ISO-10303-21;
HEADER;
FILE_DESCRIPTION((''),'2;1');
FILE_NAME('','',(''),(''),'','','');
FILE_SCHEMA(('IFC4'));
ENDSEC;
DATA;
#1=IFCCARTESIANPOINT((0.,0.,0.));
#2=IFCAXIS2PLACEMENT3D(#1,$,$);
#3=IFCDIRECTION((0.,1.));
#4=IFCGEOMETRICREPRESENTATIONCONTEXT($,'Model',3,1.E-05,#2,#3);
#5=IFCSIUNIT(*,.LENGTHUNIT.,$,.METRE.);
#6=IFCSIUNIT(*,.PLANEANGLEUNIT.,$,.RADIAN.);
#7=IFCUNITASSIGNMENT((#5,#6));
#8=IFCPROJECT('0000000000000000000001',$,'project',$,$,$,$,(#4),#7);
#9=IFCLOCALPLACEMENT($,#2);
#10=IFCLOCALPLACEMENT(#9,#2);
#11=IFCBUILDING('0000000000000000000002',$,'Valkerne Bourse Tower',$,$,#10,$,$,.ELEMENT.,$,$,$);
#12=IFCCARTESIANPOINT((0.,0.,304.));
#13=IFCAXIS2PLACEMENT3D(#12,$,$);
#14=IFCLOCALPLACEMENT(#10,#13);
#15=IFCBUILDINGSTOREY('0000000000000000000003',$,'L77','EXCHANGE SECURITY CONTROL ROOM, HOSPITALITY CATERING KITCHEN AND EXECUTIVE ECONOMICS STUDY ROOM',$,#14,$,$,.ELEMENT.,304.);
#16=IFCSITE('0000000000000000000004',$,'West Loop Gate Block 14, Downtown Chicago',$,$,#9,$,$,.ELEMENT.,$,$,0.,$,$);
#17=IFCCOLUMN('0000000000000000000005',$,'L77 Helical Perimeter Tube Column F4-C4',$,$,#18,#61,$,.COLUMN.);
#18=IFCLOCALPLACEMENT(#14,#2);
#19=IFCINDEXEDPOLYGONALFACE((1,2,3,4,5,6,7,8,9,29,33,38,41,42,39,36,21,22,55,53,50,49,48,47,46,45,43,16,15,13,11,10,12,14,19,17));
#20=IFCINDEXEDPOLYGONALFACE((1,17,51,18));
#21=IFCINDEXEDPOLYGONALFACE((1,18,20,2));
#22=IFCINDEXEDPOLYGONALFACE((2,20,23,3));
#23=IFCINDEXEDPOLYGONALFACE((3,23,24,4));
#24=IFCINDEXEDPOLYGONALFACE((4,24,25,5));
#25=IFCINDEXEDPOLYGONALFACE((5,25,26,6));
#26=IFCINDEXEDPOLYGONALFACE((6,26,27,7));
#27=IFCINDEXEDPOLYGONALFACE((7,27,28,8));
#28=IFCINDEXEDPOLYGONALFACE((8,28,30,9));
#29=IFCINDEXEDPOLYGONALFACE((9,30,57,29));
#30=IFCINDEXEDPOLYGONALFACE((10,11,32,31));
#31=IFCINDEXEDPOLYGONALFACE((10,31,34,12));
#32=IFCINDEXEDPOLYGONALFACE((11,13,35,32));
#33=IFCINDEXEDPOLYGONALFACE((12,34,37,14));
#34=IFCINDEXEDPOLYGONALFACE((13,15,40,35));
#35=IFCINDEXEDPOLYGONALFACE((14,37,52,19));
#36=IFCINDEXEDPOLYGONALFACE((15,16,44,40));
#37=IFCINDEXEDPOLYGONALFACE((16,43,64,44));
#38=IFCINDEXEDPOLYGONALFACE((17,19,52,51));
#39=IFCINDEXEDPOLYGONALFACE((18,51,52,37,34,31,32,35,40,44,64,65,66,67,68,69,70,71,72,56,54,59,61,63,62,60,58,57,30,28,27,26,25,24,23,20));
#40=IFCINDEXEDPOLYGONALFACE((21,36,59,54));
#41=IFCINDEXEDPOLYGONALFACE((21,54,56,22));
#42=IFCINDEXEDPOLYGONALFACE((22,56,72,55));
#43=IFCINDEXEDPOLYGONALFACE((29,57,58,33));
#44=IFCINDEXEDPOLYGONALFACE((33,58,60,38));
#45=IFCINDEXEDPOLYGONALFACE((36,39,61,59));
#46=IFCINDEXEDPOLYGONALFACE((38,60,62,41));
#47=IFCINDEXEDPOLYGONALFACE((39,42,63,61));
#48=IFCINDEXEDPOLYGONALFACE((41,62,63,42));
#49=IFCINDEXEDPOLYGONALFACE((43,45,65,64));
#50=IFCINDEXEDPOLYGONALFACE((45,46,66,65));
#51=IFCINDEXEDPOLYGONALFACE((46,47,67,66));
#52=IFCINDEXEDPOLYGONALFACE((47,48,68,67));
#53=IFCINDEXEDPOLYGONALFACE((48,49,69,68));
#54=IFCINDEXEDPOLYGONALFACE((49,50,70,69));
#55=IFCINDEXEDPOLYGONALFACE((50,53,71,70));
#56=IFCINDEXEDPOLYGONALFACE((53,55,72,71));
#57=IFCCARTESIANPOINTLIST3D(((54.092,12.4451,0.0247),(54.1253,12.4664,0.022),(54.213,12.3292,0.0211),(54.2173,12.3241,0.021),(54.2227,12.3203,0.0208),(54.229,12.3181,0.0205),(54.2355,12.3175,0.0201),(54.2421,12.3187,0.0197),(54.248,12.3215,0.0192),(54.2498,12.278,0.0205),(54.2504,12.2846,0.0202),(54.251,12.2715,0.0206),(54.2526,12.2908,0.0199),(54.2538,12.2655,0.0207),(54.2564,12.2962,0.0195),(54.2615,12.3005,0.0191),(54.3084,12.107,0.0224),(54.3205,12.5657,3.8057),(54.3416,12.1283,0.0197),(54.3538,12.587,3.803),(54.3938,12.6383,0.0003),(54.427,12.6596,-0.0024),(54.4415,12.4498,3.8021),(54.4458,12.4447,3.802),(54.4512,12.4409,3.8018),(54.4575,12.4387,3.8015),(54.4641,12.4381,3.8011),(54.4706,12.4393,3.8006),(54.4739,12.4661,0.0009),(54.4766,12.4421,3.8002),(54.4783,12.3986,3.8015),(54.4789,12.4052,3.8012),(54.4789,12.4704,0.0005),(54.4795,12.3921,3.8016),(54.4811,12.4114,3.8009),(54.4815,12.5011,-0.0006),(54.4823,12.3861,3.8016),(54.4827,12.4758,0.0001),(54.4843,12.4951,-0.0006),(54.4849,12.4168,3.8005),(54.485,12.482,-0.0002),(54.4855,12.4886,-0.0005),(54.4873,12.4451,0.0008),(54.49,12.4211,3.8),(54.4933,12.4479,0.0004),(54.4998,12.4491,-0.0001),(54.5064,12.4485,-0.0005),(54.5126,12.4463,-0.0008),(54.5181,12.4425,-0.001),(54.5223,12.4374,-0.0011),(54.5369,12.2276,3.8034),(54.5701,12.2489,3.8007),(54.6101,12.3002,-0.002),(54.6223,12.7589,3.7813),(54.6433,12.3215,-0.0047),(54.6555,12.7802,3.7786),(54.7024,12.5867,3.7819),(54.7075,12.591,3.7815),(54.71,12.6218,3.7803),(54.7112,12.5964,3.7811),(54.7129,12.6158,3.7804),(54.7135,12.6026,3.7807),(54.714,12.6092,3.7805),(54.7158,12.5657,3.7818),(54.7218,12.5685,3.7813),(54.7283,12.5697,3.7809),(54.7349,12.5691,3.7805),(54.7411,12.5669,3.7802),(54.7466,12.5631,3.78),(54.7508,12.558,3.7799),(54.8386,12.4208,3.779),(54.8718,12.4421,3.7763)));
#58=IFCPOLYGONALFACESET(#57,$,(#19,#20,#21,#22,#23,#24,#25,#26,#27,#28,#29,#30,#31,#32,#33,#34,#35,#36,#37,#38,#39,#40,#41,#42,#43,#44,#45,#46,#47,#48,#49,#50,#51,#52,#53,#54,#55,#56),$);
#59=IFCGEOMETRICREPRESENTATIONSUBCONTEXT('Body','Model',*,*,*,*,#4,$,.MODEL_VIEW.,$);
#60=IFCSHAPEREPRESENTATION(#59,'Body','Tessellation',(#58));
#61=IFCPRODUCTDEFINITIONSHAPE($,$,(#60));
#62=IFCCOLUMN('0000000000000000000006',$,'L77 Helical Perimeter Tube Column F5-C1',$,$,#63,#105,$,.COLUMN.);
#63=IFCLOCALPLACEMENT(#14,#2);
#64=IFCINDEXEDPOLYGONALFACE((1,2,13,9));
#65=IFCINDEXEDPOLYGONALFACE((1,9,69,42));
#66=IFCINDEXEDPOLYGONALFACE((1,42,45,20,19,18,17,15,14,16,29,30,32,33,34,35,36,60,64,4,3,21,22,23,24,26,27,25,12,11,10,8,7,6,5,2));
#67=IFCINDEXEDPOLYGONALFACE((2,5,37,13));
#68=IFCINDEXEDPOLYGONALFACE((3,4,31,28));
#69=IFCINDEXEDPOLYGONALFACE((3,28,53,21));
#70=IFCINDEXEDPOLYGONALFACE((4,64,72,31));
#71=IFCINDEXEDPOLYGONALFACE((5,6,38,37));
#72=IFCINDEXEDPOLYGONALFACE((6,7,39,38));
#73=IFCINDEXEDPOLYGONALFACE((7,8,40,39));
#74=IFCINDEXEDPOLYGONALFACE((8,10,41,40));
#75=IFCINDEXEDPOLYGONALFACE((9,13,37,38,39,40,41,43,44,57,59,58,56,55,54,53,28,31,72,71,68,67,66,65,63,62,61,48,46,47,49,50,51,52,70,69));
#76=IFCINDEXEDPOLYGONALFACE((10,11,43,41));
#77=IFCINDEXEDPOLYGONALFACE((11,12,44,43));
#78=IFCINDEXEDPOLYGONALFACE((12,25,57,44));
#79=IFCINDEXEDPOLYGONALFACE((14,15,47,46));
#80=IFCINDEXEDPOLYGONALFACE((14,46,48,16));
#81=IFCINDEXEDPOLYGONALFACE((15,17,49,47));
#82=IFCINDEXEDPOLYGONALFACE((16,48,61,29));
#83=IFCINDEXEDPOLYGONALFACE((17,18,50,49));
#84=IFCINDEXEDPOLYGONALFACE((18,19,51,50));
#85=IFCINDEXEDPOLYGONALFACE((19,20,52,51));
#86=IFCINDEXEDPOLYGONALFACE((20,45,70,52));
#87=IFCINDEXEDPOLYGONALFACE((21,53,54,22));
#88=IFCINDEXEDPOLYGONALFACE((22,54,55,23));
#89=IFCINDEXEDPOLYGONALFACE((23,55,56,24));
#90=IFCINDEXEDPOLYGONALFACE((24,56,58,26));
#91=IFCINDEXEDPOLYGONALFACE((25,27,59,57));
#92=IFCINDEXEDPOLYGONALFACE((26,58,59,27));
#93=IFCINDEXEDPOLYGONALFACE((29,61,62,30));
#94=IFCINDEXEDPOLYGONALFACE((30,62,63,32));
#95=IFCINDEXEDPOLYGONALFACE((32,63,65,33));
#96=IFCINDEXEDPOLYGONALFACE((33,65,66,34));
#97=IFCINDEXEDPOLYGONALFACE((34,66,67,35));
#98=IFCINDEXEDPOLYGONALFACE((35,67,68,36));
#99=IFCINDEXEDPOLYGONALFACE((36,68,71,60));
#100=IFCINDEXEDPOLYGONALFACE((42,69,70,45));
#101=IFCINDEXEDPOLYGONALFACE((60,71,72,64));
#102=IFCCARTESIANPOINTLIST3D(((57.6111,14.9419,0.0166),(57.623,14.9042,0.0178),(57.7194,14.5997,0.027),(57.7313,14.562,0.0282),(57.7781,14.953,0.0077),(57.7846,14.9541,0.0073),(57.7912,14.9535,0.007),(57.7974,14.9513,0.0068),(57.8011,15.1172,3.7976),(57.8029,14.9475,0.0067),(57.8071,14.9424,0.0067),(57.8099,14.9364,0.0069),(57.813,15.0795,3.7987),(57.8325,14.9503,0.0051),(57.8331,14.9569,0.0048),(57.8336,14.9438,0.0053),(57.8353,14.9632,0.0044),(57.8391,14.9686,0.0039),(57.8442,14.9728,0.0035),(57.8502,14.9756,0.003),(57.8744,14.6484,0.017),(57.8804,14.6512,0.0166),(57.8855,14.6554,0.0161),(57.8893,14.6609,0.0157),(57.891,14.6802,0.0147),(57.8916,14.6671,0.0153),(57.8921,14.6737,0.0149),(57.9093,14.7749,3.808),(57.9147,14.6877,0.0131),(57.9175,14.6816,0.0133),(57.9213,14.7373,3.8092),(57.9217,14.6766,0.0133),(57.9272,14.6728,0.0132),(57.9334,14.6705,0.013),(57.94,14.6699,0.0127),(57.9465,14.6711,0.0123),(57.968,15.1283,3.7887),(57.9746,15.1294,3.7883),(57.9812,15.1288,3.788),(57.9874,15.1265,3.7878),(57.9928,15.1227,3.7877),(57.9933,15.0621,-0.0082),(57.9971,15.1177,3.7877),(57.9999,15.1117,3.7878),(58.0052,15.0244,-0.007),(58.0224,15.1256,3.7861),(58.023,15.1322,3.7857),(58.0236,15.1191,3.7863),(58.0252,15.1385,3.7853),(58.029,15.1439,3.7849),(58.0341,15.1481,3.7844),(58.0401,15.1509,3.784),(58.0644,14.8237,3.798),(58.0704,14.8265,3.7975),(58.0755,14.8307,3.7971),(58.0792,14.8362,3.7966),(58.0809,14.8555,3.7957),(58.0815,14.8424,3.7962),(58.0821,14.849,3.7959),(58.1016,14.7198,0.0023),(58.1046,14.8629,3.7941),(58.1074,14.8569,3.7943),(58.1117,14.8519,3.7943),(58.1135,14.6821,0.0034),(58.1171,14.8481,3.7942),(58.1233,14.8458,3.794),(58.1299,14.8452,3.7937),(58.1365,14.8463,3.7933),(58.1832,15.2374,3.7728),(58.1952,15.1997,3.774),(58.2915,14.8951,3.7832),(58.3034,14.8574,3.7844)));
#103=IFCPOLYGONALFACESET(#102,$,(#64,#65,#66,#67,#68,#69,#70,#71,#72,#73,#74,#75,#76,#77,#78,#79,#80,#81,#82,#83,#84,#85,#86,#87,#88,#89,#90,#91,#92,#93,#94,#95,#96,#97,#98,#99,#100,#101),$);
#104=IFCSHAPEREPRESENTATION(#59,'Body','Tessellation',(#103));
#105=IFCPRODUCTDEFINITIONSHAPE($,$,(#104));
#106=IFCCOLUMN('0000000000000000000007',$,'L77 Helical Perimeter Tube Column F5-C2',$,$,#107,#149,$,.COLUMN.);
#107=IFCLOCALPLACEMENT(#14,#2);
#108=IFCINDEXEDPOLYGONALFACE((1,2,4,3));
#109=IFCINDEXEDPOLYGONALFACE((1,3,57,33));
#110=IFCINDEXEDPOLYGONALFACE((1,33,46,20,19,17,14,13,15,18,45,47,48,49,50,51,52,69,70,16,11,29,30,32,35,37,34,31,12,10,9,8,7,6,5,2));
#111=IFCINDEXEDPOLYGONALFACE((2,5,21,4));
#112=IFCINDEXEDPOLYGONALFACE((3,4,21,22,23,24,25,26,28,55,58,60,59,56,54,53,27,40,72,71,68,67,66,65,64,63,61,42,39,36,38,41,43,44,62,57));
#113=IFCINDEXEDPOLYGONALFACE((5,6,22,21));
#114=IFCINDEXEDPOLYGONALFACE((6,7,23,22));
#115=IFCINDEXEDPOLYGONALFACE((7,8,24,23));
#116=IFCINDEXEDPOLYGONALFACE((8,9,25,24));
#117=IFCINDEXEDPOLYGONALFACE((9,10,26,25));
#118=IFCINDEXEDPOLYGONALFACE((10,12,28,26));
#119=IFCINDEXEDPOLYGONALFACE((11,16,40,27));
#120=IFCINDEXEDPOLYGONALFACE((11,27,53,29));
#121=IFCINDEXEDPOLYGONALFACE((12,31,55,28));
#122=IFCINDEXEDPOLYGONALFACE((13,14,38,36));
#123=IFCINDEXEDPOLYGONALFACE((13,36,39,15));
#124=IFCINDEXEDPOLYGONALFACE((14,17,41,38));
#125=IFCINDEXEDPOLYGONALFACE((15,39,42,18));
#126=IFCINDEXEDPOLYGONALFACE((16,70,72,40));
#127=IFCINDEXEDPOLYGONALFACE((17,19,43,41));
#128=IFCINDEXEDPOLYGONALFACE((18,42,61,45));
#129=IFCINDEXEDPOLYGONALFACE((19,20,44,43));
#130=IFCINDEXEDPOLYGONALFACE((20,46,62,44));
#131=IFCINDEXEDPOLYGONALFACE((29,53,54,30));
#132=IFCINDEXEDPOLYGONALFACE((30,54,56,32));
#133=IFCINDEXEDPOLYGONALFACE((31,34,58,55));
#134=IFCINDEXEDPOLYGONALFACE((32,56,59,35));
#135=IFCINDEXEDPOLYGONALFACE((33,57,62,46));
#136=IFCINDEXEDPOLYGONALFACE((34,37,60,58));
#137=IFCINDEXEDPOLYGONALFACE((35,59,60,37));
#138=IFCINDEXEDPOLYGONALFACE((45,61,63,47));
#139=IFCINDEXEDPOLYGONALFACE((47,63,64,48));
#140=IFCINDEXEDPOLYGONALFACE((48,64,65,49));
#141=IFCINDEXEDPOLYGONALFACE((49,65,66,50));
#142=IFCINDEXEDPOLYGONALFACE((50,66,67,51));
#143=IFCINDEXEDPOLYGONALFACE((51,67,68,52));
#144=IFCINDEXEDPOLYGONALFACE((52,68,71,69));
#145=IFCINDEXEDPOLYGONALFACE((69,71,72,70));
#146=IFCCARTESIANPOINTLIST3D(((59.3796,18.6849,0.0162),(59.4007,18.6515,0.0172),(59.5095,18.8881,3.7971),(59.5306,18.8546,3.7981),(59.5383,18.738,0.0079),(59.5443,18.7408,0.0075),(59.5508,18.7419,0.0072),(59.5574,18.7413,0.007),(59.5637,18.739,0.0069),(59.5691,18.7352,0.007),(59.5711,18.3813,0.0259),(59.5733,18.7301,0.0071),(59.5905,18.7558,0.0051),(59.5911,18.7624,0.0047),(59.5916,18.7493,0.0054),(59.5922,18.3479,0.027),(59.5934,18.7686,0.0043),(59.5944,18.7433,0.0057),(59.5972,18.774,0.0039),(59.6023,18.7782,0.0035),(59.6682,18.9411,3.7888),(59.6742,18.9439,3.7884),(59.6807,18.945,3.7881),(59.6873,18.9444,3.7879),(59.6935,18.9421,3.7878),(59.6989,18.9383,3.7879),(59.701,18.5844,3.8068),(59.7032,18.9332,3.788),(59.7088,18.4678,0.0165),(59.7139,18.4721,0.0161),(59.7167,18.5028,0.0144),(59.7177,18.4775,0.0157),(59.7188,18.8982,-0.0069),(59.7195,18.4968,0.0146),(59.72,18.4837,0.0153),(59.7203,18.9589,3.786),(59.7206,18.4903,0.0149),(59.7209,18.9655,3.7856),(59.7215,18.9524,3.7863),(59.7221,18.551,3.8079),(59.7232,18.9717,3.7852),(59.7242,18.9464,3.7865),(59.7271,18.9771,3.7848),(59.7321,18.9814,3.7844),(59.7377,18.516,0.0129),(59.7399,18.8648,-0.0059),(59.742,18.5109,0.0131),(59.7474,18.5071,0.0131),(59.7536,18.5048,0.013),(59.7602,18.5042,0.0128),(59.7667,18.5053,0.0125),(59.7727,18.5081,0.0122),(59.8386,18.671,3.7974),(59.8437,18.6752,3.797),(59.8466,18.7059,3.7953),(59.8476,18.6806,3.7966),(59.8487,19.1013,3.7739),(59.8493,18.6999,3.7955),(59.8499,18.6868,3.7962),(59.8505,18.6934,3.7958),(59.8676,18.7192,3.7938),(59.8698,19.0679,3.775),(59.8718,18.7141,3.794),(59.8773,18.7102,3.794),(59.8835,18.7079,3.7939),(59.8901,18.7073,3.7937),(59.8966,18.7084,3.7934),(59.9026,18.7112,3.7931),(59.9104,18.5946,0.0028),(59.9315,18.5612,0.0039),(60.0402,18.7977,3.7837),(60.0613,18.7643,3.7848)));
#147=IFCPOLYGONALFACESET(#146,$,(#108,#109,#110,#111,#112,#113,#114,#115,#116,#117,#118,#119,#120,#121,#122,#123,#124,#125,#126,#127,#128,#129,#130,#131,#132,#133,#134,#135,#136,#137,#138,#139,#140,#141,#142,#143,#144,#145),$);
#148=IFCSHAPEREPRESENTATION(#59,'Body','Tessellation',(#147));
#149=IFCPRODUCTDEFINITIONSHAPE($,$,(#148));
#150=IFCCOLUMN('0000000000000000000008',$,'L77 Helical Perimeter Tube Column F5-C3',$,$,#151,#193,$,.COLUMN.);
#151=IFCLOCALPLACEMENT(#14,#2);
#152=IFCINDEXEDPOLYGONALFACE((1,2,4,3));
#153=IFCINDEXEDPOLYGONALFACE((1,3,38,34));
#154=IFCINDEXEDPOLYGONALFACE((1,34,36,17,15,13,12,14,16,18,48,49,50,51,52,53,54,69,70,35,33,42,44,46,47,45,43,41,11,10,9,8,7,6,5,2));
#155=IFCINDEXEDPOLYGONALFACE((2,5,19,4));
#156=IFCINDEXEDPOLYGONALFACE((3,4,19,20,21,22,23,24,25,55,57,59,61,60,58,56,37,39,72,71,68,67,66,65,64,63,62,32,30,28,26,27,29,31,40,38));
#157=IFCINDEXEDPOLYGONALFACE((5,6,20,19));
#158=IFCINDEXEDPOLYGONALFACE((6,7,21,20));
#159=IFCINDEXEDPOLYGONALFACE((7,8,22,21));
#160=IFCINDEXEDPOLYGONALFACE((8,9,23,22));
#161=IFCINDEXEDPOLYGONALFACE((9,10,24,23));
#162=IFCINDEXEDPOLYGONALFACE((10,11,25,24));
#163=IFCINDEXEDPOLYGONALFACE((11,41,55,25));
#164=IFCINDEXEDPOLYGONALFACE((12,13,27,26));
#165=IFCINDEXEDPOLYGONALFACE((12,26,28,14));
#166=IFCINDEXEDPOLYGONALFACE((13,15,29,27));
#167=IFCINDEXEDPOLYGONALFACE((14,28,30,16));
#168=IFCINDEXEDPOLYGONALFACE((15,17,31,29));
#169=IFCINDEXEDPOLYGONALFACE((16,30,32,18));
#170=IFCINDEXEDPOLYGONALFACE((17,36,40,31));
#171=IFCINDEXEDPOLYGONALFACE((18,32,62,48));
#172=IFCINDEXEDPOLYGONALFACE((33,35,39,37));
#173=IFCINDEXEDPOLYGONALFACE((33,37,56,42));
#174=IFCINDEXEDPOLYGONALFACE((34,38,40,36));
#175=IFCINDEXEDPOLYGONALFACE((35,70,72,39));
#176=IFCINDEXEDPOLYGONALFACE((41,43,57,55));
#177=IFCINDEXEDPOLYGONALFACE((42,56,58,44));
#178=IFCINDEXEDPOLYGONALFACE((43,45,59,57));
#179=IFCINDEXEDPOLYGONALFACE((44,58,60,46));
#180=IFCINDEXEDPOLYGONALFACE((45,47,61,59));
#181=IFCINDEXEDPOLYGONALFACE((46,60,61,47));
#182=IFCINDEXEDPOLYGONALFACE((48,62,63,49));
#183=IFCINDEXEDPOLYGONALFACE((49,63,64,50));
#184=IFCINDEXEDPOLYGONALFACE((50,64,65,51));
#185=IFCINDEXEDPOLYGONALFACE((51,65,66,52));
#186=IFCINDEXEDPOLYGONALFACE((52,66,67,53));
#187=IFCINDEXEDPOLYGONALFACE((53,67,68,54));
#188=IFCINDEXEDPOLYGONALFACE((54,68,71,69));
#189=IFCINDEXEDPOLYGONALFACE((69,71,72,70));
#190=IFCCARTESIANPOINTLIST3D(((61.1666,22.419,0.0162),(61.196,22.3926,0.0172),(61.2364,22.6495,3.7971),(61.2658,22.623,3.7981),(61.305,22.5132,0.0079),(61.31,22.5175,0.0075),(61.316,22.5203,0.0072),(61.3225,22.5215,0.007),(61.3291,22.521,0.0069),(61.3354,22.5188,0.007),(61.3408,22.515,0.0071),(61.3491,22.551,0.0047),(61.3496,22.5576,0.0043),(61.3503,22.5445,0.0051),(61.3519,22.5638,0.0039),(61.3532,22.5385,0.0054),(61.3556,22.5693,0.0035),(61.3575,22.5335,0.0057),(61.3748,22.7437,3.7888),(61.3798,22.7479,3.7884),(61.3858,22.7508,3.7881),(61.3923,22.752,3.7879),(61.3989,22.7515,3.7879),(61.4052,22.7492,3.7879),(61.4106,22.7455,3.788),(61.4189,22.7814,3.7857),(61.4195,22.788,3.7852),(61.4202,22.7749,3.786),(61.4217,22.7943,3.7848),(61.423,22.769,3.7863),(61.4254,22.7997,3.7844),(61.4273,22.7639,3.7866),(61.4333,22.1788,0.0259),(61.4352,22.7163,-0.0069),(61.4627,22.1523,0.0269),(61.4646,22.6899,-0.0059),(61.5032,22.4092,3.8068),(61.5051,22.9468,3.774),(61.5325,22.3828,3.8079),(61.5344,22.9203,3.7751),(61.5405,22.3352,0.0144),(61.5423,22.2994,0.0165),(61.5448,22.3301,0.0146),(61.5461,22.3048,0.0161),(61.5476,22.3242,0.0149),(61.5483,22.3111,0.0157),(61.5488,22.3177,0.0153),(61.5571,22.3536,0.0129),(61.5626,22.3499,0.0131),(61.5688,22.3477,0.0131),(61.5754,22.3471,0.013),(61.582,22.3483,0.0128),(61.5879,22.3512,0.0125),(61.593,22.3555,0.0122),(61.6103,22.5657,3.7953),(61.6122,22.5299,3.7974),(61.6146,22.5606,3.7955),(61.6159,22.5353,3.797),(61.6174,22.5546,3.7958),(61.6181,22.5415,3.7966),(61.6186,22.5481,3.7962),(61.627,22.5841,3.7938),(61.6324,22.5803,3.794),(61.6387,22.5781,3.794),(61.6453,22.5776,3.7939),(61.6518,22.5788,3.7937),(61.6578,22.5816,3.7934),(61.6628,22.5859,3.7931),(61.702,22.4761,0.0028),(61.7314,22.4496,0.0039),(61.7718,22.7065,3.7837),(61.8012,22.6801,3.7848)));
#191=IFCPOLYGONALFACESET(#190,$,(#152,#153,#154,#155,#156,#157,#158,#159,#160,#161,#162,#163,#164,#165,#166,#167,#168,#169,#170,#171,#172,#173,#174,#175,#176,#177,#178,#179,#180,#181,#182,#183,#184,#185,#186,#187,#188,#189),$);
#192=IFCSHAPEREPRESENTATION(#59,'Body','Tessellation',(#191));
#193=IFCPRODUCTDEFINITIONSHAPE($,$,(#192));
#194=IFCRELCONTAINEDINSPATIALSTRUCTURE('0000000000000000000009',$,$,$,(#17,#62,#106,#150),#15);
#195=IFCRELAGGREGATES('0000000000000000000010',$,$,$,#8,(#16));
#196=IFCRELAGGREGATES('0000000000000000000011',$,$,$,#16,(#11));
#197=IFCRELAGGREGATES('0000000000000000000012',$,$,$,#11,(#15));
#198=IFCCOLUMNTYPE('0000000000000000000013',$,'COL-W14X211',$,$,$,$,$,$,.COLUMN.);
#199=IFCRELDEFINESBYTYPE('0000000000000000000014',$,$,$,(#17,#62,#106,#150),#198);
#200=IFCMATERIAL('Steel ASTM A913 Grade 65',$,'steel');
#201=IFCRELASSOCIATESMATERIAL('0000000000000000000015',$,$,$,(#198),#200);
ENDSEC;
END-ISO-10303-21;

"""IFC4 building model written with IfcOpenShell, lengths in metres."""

from ifc_helpers import new_model, si_unit, direction, frame, origin, origin_2d, place, context, subcontext, project, spatial, i_section, extrude, material, material_profile, profile_set, type_object, element, save


model = new_model("IFC4")

# Units and contexts
model_context = context("Model", 3, precision=1e-05, world=origin(), true_north=direction((0.0, 1.0)))
body_context = subcontext(model_context, "Body", "Model", "MODEL_VIEW")
ifc_project = project(units=[si_unit("LENGTHUNIT", "METRE"), si_unit("PLANEANGLEUNIT", "RADIAN")], contexts=[model_context])

# Site, building, storey
site_placement = place(None, origin())
site = spatial("IfcSite", under=ifc_project, at=site_placement, Name="West Loop Gate Block 14, Downtown Chicago", CompositionType="ELEMENT", RefElevation=0.0)
building_placement = place(site_placement, origin())
building = spatial("IfcBuilding", under=site, at=building_placement, Name="Valkerne Bourse Tower", CompositionType="ELEMENT")
storey_placement = place(building_placement, frame((0.0, 0.0, 304.0)))
storey = spatial("IfcBuildingStorey", under=building, at=storey_placement, Name="L77", Description="EXCHANGE SECURITY CONTROL ROOM, HOSPITALITY CATERING KITCHEN AND EXECUTIVE ECONOMICS STUDY ROOM", CompositionType="ELEMENT", Elevation=304.0)

# Columns
ifc_material_1 = material(Name="Steel ASTM A913 Grade 65", Category="steel")
ifc_material_profile_1 = material_profile(ifc_material_1, i_section(OverallWidth=0.4014, OverallDepth=0.3987, WebThickness=0.0249, FlangeThickness=0.0396, FilletRadius=0.0254, at=origin_2d()), Name="W14X211")
ifc_profile_set_1 = profile_set([ifc_material_profile_1], Name="Steel ASTM A913 Grade 65")
column_type = type_object("IfcColumnType", Name="COL-W14X211", PredefinedType="COLUMN", material=ifc_profile_set_1)
for number, where, z_axis, x_axis, name in (
    (1, (54.3677, 12.3833, 0.01), (0.060297, 0.031823, 0.997673), (-0.538953, 0.842317, 0.005705), "L77 Helical Perimeter Tube Column F4-C4"),
    (2, (57.8623, 14.812, 0.01), (0.050119, 0.046254, 0.997672), (-0.952152, -0.299331, 0.061709), "L77 Helical Perimeter Tube Column F5-C1"),
):
    element("IfcColumn", number, at=place(storey_placement, frame(where, z_axis=z_axis, x_axis=x_axis)), inside=storey, type_object=column_type, Name=name, PredefinedType="COLUMN", context=body_context, shape_type="SweptSolid", body=[
        extrude(i_section(OverallWidth=0.4014, OverallDepth=0.3987, WebThickness=0.0249, FlangeThickness=0.0396, FilletRadius=0.0254, at=origin_2d()), origin(), (0.0, 0.0, 1.0), 3.7898),
    ])
for number, where, z_axis, x_axis, name in (
    (3, (59.6555, 18.623, 0.01), (0.034282, 0.053614, 0.997973), (-0.845166, -0.531393, 0.05758), "L77 Helical Perimeter Tube Column F5-C2"),
    (4, (61.449, 22.4343, 0.01), (0.01843, 0.060831, 0.997978), (-0.669314, -0.740751, 0.057512), "L77 Helical Perimeter Tube Column F5-C3"),
):
    element("IfcColumn", number, at=place(storey_placement, frame(where, z_axis=z_axis, x_axis=x_axis)), inside=storey, type_object=column_type, Name=name, PredefinedType="COLUMN", context=body_context, shape_type="SweptSolid", body=[
        extrude(i_section(OverallWidth=0.4014, OverallDepth=0.3987, WebThickness=0.0249, FlangeThickness=0.0396, FilletRadius=0.0254, at=origin_2d()), origin(), (0.0, 0.0, 1.0), 3.7886),
    ])

save(model, "model.ifc")
